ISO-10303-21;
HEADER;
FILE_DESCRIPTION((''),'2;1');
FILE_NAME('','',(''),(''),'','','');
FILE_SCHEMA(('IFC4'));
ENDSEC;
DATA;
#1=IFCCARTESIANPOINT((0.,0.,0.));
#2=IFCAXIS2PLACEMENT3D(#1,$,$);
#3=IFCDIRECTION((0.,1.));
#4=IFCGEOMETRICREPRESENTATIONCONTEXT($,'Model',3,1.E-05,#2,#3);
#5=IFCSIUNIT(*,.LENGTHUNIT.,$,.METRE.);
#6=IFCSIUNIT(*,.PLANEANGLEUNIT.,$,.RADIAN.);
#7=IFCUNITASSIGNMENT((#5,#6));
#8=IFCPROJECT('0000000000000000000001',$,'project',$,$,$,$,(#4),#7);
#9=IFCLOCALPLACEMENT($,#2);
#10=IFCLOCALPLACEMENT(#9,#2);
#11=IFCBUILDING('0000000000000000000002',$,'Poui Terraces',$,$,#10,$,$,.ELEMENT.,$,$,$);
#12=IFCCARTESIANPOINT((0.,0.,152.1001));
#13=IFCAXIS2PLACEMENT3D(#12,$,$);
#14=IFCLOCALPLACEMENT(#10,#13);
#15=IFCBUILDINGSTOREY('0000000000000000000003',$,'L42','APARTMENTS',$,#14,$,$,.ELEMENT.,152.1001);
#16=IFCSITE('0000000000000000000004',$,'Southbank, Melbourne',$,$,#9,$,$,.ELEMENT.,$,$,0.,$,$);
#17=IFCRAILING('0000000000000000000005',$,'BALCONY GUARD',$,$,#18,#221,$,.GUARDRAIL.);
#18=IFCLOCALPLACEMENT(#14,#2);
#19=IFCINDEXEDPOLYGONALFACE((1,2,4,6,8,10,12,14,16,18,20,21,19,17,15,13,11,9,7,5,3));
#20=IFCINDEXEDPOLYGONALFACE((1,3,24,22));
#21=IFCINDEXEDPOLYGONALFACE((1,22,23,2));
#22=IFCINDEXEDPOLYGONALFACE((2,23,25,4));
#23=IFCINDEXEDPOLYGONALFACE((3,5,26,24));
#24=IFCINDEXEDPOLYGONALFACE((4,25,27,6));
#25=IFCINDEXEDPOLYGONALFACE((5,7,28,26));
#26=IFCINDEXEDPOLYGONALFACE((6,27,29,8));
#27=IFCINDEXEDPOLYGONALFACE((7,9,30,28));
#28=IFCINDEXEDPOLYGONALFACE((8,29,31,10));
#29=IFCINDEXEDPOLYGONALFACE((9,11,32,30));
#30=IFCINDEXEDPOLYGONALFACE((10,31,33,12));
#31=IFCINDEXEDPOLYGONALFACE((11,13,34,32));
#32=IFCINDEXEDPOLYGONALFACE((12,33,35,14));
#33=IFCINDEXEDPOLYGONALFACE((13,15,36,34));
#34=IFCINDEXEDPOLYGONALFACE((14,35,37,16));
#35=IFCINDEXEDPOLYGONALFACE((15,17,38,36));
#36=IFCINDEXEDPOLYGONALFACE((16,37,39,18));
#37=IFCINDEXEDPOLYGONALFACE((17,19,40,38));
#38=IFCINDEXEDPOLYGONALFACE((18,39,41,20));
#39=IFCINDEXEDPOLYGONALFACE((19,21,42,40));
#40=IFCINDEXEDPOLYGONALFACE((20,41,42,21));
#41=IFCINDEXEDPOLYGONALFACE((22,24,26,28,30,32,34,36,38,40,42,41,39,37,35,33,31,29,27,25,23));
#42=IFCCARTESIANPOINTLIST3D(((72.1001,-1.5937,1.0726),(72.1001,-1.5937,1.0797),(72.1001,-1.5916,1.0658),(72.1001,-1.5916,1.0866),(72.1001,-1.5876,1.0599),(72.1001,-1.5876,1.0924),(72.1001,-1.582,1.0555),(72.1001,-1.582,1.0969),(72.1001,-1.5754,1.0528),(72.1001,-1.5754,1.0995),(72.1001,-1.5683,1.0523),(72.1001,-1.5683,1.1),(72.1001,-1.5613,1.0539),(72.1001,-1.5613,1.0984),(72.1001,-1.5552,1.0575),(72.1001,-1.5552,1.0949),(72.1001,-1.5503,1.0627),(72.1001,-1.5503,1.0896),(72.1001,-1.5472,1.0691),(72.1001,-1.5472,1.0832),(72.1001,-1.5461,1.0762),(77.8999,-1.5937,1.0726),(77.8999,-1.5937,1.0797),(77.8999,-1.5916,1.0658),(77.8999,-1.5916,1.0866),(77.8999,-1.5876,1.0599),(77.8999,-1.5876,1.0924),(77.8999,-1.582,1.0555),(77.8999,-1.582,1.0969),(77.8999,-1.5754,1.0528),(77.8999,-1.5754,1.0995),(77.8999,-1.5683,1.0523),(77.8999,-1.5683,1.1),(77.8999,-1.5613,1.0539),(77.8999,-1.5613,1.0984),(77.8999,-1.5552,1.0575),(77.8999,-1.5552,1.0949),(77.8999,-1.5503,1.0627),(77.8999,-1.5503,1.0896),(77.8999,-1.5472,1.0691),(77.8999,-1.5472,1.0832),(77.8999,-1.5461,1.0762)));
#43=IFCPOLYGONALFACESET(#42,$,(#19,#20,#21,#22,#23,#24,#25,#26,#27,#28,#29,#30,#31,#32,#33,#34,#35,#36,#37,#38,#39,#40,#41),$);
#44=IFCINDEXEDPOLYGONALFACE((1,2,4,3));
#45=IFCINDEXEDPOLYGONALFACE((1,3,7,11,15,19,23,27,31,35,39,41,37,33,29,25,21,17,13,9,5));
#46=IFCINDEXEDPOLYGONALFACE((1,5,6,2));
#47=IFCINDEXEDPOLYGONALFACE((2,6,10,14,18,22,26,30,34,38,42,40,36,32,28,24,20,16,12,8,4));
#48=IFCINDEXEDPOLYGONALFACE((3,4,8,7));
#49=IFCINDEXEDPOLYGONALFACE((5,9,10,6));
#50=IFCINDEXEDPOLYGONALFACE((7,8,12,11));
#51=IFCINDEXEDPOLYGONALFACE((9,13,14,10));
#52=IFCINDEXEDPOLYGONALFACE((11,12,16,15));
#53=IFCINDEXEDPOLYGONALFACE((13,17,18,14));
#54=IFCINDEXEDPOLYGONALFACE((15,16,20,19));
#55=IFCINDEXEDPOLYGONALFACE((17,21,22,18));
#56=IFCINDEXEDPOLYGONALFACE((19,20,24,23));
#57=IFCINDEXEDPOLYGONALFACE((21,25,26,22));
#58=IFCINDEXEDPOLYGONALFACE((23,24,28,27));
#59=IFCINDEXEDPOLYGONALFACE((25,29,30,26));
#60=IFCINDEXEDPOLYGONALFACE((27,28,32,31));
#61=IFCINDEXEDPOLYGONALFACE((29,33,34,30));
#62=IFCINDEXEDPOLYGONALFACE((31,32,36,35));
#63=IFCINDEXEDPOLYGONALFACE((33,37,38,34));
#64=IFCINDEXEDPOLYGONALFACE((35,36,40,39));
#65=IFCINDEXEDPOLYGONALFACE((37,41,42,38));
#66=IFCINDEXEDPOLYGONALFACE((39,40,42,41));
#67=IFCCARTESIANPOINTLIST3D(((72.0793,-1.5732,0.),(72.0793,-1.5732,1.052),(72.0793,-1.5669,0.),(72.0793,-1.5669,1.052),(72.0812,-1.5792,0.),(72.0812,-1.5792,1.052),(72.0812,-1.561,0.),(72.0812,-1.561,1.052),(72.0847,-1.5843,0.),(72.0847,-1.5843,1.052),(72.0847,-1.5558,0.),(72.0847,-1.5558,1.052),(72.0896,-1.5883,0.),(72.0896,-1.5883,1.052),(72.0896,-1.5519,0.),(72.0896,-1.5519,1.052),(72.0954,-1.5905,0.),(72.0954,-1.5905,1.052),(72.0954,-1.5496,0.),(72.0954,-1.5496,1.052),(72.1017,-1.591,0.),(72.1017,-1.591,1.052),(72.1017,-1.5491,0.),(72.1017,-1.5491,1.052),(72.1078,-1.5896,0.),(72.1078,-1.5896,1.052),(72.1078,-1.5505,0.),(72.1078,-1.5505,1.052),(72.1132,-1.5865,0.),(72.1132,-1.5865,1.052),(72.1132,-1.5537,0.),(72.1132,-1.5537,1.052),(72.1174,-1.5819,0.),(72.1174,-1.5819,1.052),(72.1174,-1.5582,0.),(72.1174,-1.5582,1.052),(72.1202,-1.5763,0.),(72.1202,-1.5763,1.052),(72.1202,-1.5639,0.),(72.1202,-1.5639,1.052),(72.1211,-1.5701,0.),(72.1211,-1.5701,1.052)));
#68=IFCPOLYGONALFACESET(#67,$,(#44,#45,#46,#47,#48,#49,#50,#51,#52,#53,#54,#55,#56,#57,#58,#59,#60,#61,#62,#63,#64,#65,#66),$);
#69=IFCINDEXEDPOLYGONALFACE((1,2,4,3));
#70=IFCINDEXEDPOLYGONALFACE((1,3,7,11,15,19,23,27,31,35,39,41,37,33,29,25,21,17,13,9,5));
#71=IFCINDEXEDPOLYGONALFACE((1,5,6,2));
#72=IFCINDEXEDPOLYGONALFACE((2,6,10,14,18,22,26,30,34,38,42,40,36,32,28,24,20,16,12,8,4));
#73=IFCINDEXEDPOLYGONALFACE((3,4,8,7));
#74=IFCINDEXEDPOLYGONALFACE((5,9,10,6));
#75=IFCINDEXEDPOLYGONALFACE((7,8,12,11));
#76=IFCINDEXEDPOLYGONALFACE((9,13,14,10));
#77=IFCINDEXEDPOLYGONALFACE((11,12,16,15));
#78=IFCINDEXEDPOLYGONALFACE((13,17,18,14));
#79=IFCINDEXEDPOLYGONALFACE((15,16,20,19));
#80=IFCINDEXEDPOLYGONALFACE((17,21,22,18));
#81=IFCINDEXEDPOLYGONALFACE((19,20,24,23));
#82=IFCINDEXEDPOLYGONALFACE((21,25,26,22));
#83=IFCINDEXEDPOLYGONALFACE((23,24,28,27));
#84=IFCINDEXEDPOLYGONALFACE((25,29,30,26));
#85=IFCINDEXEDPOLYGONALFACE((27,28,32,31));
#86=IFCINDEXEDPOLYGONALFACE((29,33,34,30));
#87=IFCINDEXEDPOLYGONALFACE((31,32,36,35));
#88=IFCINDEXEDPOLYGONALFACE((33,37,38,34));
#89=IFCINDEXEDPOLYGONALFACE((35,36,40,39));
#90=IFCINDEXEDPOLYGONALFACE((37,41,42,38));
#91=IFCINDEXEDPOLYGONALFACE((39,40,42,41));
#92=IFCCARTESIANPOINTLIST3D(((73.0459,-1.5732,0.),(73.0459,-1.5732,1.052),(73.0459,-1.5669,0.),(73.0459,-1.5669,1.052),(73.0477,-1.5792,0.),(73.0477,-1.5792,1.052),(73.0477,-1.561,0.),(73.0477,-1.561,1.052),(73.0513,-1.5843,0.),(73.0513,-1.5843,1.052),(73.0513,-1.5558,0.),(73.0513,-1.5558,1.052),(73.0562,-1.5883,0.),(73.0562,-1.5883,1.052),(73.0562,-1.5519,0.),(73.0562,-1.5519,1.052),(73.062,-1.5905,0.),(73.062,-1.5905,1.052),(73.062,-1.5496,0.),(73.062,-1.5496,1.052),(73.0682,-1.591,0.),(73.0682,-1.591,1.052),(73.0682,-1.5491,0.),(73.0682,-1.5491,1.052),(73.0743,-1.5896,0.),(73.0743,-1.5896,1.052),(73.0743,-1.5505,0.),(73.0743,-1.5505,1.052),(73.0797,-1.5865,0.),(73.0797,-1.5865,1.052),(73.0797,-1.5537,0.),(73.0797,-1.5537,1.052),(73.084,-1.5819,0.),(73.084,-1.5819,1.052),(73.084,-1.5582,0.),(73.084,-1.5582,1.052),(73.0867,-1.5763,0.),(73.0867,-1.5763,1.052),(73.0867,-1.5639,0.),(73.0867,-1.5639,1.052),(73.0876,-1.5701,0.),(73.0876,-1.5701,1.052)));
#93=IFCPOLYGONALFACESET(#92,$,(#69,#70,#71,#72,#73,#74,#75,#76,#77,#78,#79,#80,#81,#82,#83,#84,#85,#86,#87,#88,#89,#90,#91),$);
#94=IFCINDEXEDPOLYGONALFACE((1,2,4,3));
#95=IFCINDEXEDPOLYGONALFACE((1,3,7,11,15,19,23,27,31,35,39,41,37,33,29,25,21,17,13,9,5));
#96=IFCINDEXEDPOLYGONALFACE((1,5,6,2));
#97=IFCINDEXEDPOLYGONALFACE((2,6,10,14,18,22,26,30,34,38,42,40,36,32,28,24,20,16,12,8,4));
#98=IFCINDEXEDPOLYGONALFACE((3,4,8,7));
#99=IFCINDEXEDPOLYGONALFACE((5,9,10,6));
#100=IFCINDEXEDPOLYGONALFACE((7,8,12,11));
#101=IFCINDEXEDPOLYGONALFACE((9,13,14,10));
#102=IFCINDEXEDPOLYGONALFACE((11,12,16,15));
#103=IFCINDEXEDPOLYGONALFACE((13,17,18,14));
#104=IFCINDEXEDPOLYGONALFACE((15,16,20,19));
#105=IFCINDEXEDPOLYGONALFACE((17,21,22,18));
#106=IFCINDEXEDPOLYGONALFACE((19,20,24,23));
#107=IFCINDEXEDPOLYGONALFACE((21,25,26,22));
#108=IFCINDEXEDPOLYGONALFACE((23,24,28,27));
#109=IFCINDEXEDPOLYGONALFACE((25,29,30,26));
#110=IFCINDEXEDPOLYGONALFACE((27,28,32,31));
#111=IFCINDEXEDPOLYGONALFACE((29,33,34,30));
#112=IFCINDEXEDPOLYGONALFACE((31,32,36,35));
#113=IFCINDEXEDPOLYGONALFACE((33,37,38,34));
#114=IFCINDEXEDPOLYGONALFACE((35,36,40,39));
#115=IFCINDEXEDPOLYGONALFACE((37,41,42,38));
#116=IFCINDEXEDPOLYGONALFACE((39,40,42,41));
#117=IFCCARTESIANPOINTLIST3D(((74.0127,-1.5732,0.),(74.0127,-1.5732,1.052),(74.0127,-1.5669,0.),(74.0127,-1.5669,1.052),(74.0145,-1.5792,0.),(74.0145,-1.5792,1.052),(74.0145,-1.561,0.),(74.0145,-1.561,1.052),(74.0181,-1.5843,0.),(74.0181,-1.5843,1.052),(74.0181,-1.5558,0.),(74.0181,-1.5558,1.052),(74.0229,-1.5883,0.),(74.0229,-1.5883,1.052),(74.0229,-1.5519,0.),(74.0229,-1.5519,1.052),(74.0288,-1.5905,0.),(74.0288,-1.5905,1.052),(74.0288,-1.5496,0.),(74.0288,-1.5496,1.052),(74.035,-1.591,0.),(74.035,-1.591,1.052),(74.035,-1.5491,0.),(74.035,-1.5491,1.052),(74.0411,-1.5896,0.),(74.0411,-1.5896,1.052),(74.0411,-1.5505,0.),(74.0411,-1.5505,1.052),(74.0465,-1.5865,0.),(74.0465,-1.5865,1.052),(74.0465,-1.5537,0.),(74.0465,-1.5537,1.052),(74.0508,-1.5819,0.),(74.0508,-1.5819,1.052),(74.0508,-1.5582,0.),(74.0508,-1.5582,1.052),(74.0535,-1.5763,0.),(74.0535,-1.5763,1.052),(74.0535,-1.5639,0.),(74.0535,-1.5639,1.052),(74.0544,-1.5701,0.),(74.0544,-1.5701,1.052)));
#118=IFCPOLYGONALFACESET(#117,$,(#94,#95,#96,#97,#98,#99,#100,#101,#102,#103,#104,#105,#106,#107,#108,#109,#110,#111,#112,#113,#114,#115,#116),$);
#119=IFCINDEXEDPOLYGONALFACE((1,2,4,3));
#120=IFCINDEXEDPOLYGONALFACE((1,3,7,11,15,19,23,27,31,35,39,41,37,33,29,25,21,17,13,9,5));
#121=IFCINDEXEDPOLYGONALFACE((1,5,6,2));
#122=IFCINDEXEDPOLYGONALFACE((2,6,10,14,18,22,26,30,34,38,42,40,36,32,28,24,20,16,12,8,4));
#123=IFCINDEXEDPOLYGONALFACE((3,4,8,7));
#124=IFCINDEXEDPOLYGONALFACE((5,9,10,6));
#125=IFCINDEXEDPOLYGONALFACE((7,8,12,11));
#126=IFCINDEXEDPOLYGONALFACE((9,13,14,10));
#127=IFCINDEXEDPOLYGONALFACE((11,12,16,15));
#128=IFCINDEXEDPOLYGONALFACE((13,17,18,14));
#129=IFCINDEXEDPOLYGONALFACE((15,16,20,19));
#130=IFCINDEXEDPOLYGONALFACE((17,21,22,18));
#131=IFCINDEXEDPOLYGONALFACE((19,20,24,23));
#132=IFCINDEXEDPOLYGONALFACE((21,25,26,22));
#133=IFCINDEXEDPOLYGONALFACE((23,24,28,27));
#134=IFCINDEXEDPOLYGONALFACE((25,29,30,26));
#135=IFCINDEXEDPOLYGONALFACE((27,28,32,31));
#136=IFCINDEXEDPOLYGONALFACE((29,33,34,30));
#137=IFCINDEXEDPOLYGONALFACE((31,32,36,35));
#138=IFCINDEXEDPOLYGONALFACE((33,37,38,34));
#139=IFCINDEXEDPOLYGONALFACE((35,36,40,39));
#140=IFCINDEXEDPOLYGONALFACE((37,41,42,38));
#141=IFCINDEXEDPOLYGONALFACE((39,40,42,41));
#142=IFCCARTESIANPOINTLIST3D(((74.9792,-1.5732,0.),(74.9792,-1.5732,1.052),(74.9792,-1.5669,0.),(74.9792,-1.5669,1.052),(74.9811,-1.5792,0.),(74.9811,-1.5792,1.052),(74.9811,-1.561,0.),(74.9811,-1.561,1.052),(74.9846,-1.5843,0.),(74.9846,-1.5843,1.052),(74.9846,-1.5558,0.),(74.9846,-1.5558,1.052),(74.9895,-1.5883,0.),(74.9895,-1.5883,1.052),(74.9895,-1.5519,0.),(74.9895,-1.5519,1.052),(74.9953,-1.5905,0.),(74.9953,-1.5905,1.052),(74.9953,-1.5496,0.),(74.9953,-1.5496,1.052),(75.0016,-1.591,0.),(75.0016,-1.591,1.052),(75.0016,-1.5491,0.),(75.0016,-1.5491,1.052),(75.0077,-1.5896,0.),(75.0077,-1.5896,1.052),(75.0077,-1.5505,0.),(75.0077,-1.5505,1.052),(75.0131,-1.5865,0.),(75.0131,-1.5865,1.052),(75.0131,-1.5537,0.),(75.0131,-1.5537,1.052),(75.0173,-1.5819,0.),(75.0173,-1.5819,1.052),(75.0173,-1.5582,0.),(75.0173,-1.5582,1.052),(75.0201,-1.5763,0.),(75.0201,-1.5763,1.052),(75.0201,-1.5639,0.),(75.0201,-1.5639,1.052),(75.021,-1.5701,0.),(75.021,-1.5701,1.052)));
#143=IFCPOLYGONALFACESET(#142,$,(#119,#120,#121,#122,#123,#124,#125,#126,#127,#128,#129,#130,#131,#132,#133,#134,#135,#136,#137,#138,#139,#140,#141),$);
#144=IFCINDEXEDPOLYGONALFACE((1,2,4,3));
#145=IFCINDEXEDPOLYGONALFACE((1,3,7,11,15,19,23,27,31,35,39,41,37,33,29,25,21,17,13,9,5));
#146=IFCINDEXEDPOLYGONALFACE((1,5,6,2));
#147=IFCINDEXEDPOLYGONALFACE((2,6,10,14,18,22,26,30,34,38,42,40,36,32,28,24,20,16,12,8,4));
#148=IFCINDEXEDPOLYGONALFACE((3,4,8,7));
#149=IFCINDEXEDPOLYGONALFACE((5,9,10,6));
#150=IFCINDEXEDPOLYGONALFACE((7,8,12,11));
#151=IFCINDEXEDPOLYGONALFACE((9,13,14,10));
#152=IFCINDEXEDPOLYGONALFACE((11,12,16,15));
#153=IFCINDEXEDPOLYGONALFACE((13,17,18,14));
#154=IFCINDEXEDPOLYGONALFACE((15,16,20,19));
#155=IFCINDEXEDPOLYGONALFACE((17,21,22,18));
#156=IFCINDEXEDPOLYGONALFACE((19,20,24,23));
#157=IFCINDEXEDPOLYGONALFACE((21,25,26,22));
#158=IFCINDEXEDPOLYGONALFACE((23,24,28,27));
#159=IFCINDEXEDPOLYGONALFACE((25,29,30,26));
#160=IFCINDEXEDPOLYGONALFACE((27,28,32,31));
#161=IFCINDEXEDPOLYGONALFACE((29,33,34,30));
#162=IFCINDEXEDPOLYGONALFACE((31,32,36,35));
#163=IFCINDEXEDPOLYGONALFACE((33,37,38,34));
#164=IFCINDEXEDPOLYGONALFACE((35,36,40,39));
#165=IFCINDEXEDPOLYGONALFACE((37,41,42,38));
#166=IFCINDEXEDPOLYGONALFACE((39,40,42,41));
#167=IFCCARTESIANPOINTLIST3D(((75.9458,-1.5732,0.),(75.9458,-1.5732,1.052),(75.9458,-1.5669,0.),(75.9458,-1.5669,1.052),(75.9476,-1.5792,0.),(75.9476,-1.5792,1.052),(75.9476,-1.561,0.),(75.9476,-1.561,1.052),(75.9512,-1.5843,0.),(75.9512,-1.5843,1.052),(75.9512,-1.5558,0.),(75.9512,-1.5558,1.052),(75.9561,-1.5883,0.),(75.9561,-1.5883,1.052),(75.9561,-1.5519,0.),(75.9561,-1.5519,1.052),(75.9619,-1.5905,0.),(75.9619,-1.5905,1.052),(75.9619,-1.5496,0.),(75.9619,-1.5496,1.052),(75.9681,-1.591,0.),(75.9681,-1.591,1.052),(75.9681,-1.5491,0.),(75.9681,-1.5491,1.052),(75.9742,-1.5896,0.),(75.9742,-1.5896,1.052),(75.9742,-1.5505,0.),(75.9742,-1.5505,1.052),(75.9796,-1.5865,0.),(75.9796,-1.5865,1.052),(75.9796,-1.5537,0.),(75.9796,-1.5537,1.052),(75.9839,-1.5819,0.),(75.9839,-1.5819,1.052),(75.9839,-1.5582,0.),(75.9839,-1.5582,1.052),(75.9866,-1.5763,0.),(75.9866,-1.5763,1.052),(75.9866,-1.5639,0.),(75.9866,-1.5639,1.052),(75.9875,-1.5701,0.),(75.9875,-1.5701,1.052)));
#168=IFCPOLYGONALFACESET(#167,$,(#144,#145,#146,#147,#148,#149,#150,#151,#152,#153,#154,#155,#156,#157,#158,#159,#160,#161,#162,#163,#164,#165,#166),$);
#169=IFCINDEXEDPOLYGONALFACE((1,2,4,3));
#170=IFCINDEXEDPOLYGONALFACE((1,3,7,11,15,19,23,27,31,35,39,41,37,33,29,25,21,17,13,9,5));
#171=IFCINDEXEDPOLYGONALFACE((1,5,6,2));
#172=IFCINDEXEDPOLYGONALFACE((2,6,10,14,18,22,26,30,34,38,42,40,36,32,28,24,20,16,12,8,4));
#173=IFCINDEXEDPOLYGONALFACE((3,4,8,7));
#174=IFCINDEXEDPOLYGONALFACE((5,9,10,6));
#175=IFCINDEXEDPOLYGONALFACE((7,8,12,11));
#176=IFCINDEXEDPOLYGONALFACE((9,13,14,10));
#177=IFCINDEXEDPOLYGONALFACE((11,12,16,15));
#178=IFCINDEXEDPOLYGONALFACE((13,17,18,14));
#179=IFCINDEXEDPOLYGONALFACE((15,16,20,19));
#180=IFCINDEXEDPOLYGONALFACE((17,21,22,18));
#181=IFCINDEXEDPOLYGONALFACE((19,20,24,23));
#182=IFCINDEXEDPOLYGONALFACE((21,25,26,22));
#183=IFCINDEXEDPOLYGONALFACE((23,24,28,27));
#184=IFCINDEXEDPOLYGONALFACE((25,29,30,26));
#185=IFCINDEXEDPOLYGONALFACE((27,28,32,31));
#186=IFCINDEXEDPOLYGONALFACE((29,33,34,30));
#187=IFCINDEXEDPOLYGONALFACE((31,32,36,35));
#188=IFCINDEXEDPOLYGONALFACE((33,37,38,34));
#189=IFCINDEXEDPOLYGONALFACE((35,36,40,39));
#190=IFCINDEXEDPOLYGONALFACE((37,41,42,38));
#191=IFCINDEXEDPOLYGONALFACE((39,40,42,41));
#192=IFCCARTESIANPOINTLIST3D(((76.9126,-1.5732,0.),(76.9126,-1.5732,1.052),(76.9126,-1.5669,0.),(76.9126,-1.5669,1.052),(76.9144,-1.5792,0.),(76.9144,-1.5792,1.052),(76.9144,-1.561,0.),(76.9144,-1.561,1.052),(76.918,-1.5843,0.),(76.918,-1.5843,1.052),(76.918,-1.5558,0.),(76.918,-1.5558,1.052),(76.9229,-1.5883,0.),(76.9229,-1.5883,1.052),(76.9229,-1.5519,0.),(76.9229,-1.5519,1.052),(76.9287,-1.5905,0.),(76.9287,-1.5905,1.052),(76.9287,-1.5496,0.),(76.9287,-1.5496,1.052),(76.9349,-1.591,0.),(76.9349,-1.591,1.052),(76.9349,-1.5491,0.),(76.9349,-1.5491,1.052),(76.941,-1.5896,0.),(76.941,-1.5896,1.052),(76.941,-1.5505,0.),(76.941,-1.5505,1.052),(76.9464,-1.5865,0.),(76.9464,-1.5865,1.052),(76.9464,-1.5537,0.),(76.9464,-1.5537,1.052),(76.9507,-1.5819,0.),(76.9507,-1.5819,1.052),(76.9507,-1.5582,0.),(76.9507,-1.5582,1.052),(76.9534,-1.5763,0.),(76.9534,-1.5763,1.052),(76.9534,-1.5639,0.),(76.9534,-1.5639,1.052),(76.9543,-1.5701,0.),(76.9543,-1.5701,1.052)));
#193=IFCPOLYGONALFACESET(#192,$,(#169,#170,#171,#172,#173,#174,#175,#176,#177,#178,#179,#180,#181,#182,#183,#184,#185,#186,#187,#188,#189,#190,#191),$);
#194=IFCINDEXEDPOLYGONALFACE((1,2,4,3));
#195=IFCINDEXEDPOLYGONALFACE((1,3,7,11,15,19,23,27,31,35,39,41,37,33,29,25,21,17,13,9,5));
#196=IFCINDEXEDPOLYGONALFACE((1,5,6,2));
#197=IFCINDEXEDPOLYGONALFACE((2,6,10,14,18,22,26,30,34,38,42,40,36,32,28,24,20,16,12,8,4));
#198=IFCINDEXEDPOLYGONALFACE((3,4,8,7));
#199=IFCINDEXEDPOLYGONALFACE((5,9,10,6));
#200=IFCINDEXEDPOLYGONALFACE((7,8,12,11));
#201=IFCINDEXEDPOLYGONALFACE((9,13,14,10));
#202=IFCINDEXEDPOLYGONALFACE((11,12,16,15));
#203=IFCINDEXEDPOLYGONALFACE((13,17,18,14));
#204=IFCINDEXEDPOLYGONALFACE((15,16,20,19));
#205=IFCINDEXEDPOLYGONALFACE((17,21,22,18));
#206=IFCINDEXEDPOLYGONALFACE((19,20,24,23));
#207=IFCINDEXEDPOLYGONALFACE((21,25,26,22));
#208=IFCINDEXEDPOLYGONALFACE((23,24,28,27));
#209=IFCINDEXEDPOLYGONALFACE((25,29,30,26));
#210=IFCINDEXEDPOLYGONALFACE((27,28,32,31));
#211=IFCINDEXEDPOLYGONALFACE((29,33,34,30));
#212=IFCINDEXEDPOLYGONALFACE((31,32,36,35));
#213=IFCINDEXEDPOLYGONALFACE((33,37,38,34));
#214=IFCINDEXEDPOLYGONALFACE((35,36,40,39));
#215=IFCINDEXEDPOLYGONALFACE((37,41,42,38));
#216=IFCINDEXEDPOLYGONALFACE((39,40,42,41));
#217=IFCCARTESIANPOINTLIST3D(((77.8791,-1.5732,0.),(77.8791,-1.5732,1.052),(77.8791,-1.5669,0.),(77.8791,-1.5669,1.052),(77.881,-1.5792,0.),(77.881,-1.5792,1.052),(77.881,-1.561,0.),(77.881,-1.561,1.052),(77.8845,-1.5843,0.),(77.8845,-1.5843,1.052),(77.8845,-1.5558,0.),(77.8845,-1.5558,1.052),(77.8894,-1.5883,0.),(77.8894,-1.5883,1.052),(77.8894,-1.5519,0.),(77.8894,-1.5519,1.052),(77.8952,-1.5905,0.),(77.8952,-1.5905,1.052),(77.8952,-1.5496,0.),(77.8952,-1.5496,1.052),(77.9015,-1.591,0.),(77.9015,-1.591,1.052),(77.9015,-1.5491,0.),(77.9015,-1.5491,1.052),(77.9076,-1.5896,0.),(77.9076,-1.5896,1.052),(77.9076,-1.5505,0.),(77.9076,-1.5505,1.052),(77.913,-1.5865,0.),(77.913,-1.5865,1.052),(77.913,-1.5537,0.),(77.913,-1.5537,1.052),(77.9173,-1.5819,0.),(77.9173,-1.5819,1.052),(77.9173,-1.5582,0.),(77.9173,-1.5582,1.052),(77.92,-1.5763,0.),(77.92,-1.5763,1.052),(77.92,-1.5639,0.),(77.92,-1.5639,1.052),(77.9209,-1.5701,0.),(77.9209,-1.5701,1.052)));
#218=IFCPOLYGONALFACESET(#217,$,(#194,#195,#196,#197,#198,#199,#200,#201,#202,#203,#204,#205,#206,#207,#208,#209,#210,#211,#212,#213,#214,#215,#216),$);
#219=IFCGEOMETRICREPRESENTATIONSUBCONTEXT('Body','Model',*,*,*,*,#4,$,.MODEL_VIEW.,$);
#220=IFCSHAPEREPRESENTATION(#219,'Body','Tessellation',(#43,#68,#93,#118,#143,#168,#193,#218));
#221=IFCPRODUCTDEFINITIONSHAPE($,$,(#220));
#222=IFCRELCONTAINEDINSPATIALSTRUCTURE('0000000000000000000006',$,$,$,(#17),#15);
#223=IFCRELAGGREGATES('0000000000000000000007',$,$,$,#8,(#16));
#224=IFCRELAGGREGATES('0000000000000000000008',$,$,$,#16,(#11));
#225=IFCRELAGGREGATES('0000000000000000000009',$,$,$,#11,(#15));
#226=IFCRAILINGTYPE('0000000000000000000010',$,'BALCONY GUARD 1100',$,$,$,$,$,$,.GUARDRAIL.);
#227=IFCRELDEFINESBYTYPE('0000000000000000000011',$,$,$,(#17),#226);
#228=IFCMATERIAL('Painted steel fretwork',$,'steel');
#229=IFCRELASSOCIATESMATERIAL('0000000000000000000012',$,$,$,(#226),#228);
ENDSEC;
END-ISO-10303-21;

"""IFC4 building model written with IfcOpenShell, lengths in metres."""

from ifc_helpers import new_model, si_unit, direction, frame, origin, origin_2d, place, context, subcontext, project, spatial, circle, extrude, material, type_object, element, save


model = new_model("IFC4")

# Units and contexts
model_context = context("Model", 3, precision=1e-05, world=origin(), true_north=direction((0.0, 1.0)))
body_context = subcontext(model_context, "Body", "Model", "MODEL_VIEW")
ifc_project = project(units=[si_unit("LENGTHUNIT", "METRE"), si_unit("PLANEANGLEUNIT", "RADIAN")], contexts=[model_context])

# Site, building, storey
site_placement = place(None, origin())
site = spatial("IfcSite", under=ifc_project, at=site_placement, Name="Southbank, Melbourne", CompositionType="ELEMENT", RefElevation=0.0)
building_placement = place(site_placement, origin())
building = spatial("IfcBuilding", under=site, at=building_placement, Name="Poui Terraces", CompositionType="ELEMENT")
storey_placement = place(building_placement, frame((0.0, 0.0, 152.1001)))
storey = spatial("IfcBuildingStorey", under=building, at=storey_placement, Name="L42", Description="APARTMENTS", CompositionType="ELEMENT", Elevation=152.1001)

# Railing
ifc_material_1 = material(Name="Painted steel fretwork", Category="steel")
railing_type_1 = type_object("IfcRailingType", Name="BALCONY GUARD 1100", PredefinedType="GUARDRAIL", material=ifc_material_1)
railing_1_placement = place(storey_placement, frame((72.1001, -1.5701, 0.0)))
element("IfcRailing", 1, at=railing_1_placement, inside=storey, type_object=railing_type_1, Name="BALCONY GUARD", PredefinedType="GUARDRAIL", context=body_context, shape_type="SweptSolid", body=[
    extrude(circle(Radius=0.0239, at=origin_2d()), frame((0.0, 0.0, 1.0762), z_axis=(1.0, 0.0, 0.0), x_axis=(0.0, 1.0, 0.0)), (0.0, 0.0, 1.0), 5.7998),
    extrude(circle(Radius=0.021, at=origin_2d()), origin(), (0.0, 0.0, 1.0), 1.052),
    extrude(circle(Radius=0.021, at=origin_2d()), frame((0.9666, 0.0, 0.0)), (0.0, 0.0, 1.0), 1.052),
    extrude(circle(Radius=0.021, at=origin_2d()), frame((1.9333, 0.0, 0.0)), (0.0, 0.0, 1.0), 1.052),
    extrude(circle(Radius=0.021, at=origin_2d()), frame((2.8999, 0.0, 0.0)), (0.0, 0.0, 1.0), 1.052),
    extrude(circle(Radius=0.021, at=origin_2d()), frame((3.8665, 0.0, 0.0)), (0.0, 0.0, 1.0), 1.052),
    extrude(circle(Radius=0.021, at=origin_2d()), frame((4.8333, 0.0, 0.0)), (0.0, 0.0, 1.0), 1.052),
    extrude(circle(Radius=0.021, at=origin_2d()), frame((5.7998, 0.0, 0.0)), (0.0, 0.0, 1.0), 1.052),
])

save(model, "model.ifc")
